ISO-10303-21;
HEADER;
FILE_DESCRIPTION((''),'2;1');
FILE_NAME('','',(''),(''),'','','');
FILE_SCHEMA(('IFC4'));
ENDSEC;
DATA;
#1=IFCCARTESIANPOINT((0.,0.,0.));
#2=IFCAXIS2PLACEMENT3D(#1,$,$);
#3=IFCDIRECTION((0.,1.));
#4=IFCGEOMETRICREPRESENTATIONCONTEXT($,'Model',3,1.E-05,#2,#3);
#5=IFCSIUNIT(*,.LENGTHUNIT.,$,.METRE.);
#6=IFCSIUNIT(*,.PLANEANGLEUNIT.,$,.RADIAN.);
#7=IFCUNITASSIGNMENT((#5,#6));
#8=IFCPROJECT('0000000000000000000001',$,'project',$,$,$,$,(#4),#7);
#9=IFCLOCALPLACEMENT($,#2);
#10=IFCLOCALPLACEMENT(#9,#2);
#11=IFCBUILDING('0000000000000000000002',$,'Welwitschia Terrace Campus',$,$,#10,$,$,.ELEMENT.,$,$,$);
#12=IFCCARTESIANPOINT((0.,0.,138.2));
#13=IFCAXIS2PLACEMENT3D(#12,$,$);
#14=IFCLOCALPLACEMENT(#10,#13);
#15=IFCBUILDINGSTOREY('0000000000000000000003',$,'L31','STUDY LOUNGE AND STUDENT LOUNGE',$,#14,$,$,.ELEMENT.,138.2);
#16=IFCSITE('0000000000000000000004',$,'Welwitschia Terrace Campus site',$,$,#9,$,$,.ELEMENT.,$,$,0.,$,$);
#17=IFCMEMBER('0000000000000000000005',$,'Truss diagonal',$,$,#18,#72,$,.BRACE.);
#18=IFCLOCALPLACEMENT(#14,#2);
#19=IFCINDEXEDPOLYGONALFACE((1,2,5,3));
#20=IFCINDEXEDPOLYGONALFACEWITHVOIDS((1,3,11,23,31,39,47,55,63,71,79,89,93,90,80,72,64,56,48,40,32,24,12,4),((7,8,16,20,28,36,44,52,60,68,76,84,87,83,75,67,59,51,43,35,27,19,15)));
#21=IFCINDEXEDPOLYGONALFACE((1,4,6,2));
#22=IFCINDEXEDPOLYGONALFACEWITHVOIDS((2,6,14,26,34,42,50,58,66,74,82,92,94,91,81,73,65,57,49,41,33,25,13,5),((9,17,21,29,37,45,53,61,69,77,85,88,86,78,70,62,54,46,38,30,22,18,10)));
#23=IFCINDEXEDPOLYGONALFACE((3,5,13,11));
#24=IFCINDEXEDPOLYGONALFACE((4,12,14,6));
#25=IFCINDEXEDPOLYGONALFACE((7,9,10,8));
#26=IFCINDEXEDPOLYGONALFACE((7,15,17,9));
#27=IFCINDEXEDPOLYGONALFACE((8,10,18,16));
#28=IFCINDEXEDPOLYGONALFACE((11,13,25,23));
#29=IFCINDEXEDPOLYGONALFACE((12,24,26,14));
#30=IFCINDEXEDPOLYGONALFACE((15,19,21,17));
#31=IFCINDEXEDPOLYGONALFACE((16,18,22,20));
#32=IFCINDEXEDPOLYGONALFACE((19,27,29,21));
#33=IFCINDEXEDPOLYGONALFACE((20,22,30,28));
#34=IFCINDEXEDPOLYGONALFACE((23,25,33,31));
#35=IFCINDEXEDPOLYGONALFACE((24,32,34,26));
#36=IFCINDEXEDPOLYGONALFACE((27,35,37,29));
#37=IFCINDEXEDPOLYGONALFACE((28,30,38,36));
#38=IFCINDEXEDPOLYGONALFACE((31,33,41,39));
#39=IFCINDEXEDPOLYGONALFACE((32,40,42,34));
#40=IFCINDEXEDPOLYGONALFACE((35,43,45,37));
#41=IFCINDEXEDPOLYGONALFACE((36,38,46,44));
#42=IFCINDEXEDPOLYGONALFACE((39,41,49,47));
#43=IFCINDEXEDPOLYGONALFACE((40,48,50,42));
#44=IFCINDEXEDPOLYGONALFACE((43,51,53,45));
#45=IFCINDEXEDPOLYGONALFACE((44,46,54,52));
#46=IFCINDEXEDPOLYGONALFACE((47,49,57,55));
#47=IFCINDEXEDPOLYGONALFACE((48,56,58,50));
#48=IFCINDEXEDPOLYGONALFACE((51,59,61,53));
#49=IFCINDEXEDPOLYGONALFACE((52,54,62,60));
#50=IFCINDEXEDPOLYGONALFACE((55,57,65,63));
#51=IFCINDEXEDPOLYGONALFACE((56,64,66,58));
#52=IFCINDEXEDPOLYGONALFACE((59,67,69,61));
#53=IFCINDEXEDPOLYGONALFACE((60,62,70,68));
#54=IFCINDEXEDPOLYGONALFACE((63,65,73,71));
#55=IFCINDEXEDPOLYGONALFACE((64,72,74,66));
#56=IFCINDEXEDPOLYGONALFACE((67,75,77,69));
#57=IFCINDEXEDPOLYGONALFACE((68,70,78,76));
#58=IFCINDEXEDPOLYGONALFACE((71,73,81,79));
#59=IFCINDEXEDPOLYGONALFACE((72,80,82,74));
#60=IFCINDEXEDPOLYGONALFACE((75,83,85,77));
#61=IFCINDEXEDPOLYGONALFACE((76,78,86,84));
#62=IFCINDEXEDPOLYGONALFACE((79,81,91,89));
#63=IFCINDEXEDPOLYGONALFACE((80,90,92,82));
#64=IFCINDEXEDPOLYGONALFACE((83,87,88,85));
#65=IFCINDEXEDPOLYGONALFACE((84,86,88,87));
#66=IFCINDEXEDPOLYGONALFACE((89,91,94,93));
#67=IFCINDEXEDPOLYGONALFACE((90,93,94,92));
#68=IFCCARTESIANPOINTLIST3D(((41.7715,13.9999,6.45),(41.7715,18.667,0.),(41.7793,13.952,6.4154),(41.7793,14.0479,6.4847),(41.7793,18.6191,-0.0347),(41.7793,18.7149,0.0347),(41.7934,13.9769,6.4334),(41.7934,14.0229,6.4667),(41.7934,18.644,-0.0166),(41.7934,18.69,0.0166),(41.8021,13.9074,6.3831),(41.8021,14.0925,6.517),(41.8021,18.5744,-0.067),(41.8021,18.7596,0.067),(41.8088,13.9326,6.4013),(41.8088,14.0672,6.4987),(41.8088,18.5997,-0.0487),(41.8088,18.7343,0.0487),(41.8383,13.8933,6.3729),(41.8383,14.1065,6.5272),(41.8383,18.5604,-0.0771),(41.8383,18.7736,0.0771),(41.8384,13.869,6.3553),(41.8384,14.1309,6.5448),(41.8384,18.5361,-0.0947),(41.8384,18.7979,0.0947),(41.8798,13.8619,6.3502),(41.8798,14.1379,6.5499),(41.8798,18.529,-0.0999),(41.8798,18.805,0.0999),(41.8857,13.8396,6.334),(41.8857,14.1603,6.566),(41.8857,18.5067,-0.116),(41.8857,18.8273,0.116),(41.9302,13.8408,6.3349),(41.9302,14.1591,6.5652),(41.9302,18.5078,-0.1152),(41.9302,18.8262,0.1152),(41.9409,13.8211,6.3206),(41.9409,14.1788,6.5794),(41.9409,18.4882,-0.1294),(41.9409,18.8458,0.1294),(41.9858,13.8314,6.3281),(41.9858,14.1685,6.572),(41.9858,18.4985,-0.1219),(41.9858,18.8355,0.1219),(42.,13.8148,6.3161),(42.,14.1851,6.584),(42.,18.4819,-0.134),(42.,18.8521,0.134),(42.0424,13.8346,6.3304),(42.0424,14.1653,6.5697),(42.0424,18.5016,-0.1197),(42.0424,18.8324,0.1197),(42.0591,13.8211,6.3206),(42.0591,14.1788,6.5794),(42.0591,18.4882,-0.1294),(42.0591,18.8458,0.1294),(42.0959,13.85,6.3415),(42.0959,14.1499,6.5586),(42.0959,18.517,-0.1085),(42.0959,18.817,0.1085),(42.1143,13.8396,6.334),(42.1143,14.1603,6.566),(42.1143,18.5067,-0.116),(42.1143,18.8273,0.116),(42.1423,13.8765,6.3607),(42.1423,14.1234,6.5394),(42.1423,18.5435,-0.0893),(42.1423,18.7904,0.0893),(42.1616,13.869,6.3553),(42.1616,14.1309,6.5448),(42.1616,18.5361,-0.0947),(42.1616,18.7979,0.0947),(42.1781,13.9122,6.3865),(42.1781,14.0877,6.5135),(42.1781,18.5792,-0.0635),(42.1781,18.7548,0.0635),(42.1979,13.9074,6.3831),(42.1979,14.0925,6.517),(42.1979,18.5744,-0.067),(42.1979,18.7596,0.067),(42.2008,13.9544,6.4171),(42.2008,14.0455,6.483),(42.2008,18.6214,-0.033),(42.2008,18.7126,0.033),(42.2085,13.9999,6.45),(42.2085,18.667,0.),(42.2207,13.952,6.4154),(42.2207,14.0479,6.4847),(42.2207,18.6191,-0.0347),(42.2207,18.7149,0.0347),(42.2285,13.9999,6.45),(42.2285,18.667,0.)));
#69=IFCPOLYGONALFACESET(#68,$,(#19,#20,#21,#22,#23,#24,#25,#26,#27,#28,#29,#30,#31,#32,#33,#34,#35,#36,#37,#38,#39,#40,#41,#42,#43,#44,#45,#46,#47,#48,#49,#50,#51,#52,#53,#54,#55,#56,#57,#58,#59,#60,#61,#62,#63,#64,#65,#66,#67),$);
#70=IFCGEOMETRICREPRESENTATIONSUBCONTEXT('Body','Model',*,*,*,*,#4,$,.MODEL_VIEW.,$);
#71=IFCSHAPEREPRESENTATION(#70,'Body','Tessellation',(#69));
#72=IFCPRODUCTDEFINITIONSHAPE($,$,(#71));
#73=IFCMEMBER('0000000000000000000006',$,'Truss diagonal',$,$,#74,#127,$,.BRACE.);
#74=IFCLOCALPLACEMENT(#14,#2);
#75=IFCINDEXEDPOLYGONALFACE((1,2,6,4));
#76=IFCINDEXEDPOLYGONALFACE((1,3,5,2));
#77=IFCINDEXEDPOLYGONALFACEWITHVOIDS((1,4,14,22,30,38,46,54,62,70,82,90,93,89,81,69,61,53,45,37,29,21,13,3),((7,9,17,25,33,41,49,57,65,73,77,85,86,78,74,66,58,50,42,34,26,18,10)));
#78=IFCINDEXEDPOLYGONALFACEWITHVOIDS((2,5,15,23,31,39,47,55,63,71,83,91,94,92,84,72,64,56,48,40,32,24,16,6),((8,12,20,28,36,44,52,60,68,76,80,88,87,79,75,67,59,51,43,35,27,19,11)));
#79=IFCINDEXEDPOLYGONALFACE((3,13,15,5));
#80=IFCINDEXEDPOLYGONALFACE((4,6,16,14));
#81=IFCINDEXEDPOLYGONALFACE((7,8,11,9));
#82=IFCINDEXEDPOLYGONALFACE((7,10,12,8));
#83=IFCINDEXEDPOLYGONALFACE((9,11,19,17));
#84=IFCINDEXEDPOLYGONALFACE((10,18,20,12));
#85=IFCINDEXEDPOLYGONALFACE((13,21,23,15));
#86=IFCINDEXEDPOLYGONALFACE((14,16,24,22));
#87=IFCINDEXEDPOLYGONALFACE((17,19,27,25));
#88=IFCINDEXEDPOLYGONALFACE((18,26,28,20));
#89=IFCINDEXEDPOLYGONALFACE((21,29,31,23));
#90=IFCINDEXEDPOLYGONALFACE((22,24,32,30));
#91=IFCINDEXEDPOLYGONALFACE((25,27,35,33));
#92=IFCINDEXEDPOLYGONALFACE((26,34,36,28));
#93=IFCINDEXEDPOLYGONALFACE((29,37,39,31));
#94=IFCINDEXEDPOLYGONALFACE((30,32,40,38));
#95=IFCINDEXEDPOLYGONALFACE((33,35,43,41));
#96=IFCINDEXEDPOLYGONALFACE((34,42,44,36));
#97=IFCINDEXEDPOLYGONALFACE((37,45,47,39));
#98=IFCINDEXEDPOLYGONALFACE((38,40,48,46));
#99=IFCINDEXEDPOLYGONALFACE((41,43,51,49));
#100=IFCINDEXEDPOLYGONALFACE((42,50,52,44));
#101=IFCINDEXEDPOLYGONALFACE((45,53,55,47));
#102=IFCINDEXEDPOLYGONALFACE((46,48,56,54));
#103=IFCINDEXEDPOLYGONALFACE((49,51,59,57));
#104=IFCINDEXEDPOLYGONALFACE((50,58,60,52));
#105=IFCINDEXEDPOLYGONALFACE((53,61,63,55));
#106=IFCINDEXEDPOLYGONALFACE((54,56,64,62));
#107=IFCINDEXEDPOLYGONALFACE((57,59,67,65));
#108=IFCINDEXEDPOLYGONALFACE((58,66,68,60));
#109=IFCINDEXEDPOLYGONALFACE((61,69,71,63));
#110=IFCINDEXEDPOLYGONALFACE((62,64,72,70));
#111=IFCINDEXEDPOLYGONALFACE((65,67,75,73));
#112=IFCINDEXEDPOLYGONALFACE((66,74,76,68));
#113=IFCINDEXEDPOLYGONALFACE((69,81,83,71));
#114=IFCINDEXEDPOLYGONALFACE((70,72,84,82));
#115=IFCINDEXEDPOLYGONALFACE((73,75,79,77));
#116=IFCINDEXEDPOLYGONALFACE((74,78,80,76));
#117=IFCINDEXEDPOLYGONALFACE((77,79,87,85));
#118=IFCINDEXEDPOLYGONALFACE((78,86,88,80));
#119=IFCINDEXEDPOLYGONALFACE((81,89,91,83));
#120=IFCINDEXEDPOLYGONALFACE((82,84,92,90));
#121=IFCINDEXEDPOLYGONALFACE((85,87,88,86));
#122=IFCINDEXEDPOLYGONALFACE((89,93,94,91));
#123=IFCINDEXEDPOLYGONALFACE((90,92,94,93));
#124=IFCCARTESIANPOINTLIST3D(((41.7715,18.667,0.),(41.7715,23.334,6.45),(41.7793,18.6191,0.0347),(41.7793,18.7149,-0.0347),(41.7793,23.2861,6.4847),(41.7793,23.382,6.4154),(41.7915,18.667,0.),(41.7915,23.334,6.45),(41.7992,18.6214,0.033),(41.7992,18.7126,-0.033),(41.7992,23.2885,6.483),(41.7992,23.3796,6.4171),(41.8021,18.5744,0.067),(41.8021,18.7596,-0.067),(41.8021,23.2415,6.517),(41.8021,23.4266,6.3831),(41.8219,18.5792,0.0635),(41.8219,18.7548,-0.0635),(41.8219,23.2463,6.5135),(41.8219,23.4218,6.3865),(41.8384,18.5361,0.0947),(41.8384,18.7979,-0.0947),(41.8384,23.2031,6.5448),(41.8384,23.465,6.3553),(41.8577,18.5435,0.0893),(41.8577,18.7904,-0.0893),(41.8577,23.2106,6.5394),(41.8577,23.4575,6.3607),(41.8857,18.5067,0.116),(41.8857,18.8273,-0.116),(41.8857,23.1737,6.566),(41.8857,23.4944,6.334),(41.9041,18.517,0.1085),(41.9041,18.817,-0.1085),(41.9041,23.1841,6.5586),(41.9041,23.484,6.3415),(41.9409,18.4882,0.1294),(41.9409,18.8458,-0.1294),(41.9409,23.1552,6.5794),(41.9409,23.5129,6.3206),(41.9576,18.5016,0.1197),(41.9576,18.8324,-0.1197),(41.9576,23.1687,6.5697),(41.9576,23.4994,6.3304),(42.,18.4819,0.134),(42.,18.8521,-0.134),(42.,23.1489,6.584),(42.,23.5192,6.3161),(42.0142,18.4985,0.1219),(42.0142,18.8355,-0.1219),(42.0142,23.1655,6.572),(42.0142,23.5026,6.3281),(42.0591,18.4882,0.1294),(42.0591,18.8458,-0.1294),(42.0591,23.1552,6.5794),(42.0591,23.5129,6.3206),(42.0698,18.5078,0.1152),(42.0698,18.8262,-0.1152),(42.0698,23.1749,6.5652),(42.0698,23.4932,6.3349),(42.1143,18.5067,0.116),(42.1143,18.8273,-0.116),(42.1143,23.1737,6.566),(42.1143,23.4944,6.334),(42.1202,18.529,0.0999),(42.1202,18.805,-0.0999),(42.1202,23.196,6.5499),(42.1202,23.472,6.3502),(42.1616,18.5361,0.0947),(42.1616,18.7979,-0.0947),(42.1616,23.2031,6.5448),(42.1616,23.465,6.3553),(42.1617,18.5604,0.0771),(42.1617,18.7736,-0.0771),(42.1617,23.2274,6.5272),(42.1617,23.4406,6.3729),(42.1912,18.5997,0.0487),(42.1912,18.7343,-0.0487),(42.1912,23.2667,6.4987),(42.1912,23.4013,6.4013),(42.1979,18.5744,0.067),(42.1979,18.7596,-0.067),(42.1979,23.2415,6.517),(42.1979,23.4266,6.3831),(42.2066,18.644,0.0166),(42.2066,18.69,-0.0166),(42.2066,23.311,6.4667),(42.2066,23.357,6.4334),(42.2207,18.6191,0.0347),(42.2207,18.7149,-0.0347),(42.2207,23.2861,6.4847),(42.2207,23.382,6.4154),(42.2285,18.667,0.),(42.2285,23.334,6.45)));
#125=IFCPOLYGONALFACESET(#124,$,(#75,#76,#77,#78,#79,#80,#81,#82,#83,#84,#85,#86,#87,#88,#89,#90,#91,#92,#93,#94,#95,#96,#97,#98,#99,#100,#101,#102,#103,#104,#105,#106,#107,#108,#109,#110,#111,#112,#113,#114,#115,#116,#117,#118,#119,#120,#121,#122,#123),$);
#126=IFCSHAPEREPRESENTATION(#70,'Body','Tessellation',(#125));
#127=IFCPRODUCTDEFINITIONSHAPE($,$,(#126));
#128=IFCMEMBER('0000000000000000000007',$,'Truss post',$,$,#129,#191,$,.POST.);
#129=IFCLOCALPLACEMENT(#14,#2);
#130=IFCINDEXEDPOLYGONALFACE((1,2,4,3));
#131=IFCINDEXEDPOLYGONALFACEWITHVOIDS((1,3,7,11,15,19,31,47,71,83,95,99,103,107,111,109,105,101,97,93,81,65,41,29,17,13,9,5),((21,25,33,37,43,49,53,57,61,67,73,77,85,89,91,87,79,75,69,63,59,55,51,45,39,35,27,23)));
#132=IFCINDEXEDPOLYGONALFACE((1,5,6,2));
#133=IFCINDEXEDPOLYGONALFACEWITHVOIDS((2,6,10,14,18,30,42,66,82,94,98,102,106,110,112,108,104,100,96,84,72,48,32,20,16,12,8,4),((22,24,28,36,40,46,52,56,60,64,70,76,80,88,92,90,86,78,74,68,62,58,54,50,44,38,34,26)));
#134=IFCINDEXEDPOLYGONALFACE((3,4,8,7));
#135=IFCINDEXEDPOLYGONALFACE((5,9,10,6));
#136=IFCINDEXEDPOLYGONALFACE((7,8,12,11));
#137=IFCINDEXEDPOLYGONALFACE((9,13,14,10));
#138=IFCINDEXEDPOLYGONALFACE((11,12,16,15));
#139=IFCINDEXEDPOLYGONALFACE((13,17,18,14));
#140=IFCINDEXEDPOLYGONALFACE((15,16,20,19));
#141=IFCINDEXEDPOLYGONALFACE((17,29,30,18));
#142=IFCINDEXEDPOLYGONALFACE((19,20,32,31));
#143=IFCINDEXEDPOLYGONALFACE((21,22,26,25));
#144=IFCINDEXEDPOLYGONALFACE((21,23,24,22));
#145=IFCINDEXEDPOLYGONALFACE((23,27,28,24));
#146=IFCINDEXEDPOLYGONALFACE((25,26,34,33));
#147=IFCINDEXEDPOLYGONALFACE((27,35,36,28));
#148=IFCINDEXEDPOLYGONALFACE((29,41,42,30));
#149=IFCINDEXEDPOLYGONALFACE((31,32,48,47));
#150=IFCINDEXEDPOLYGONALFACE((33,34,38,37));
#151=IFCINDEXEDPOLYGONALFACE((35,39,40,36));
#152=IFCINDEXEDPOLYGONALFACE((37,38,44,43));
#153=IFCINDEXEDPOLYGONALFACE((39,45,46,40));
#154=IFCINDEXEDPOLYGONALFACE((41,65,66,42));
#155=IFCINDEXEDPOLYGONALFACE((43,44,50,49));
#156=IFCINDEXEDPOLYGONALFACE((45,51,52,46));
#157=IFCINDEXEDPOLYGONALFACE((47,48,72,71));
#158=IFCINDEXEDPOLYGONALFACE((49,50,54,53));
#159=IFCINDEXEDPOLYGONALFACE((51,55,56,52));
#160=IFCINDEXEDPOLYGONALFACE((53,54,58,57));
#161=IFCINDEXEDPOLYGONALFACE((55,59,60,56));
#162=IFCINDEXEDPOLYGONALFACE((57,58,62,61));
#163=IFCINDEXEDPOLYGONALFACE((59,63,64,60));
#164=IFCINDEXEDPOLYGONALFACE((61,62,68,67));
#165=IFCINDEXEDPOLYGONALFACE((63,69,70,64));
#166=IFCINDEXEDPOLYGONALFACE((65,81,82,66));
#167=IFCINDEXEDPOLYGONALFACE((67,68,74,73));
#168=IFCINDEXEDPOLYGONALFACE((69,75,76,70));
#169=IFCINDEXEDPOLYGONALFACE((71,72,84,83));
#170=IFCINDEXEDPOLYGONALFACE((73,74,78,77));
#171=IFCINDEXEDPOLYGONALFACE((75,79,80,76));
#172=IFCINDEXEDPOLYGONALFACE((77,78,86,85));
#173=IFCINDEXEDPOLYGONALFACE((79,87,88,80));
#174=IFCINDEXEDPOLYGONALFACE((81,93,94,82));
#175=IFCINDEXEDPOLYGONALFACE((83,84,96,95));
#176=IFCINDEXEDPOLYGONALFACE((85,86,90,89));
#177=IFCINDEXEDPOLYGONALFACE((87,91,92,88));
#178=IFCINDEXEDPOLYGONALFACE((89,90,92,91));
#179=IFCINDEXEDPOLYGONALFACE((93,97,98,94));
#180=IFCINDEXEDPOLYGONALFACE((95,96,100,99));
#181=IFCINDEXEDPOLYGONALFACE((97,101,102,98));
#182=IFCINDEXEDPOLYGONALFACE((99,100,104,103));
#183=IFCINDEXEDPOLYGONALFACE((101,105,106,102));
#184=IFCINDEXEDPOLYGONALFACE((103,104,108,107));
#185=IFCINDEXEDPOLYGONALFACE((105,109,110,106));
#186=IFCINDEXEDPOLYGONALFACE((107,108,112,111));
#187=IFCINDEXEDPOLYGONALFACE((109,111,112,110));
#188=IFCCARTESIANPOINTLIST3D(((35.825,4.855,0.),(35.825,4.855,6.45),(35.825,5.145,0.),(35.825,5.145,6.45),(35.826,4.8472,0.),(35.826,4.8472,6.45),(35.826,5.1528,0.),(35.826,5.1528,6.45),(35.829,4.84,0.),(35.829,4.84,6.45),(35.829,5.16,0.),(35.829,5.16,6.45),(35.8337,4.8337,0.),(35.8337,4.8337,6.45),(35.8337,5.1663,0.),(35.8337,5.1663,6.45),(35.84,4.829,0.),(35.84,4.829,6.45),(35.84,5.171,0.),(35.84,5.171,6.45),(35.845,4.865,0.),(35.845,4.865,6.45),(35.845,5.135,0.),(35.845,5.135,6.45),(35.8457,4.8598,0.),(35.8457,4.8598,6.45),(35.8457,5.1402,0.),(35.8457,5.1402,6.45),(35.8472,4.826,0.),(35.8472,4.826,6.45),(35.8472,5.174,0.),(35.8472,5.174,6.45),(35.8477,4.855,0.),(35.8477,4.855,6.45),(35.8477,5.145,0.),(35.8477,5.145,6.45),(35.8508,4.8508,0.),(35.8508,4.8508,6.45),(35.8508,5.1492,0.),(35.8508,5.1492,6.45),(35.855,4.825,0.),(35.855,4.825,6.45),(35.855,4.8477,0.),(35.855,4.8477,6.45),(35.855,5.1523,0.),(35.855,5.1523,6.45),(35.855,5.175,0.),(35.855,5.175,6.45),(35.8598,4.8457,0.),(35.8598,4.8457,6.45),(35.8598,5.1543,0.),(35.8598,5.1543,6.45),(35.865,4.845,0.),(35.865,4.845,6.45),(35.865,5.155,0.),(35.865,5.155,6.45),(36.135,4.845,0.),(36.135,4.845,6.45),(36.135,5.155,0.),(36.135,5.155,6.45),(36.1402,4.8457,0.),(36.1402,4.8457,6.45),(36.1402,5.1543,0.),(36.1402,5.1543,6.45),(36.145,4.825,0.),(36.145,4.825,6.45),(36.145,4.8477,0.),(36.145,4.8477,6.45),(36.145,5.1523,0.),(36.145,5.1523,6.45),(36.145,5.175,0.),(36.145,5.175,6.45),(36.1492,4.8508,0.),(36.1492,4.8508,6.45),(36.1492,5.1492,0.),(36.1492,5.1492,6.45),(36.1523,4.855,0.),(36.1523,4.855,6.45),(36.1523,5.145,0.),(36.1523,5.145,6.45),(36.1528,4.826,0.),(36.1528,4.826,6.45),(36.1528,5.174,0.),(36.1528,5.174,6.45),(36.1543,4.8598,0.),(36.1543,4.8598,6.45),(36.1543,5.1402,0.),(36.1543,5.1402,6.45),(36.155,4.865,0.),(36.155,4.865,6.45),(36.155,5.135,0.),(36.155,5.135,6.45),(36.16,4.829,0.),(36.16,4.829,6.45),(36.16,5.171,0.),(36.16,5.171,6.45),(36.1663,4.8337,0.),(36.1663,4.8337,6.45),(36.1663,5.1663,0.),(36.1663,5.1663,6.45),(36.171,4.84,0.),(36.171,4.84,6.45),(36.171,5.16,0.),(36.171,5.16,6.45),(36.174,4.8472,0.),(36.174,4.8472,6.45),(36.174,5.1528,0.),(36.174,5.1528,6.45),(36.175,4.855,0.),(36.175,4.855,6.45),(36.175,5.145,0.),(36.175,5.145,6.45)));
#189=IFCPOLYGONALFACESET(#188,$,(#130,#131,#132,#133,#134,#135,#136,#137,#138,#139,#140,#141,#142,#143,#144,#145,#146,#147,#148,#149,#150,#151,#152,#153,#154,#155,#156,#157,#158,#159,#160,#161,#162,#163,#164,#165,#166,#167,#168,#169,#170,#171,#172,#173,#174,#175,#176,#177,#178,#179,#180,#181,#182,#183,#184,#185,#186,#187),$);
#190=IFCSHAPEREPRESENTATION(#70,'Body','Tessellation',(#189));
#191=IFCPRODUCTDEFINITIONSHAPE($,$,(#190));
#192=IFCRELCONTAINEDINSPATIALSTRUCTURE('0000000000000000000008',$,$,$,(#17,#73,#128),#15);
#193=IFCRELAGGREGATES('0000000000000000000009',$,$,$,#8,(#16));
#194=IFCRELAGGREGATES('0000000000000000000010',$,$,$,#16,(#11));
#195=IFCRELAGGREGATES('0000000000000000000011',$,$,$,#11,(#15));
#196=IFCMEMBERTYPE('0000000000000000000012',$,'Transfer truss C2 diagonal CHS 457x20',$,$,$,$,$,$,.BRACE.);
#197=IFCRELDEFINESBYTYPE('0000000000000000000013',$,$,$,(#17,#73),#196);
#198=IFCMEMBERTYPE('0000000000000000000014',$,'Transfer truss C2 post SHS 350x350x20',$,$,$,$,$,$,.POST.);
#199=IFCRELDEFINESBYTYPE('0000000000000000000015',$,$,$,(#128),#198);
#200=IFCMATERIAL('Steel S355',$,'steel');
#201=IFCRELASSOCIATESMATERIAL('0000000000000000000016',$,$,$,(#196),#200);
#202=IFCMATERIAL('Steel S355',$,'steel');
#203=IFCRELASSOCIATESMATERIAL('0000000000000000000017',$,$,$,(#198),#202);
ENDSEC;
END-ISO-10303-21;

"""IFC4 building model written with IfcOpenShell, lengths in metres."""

from ifc_helpers import new_model, si_unit, direction, frame, origin, origin_2d, place, context, subcontext, project, spatial, hollow_rectangle, hollow_circle, extrude, material, material_profile, profile_set, type_object, element, save


model = new_model("IFC4")

# Units and contexts
model_context = context("Model", 3, precision=1e-05, world=origin(), true_north=direction((0.0, 1.0)))
body_context = subcontext(model_context, "Body", "Model", "MODEL_VIEW")
ifc_project = project(units=[si_unit("LENGTHUNIT", "METRE"), si_unit("PLANEANGLEUNIT", "RADIAN")], contexts=[model_context])

# Site, building, storey
site_placement = place(None, origin())
site = spatial("IfcSite", under=ifc_project, at=site_placement, Name="Welwitschia Terrace Campus site", CompositionType="ELEMENT", RefElevation=0.0)
building_placement = place(site_placement, origin())
building = spatial("IfcBuilding", under=site, at=building_placement, Name="Welwitschia Terrace Campus", CompositionType="ELEMENT")
storey_placement = place(building_placement, frame((0.0, 0.0, 138.2)))
storey = spatial("IfcBuildingStorey", under=building, at=storey_placement, Name="L31", Description="STUDY LOUNGE AND STUDENT LOUNGE", CompositionType="ELEMENT", Elevation=138.2)

# Members
ifc_material_1 = material(Name="Steel S355", Category="steel")
ifc_material_profile_1 = material_profile(ifc_material_1, hollow_circle(Radius=0.2285, WallThickness=0.02, at=origin_2d()))
ifc_profile_set_1 = profile_set([ifc_material_profile_1], Name="Steel S355")
member_type_1 = type_object("IfcMemberType", Name="Transfer truss C2 diagonal CHS 457x20", PredefinedType="BRACE", material=ifc_profile_set_1)
for number, where, z_axis, x_axis, name in (
    (1, (42.0, 18.667, 0.0), (0.0, -0.586208, 0.810161), (1.0, 0.0, 0.0), "Truss diagonal"),
    (2, (42.0, 18.667, 0.0), (0.0, 0.586208, 0.810161), (-1.0, 0.0, 0.0), "Truss diagonal"),
):
    element("IfcMember", number, at=place(storey_placement, frame(where, z_axis=z_axis, x_axis=x_axis)), inside=storey, type_object=member_type_1, Name=name, PredefinedType="BRACE", context=body_context, shape_type="SweptSolid", body=[
        extrude(hollow_circle(Radius=0.2285, WallThickness=0.02, at=origin_2d()), origin(), (0.0, 0.0, 1.0), 7.9614),
    ])
ifc_material_2 = material(Name="Steel S355", Category="steel")
ifc_material_profile_2 = material_profile(ifc_material_2, hollow_rectangle(XDim=0.3501, YDim=0.3501, WallThickness=0.02, InnerFilletRadius=0.02, OuterFilletRadius=0.03, at=origin_2d()))
ifc_profile_set_2 = profile_set([ifc_material_profile_2], Name="Steel S355")
member_type_2 = type_object("IfcMemberType", Name="Transfer truss C2 post SHS 350x350x20", PredefinedType="POST", material=ifc_profile_set_2)
for number, where, z_axis, x_axis, name in (
    (3, (36.0, 5.0, 0.0), (0.0, 0.0, 1.0), (1.0, 0.0, 0.0), "Truss post"),
):
    element("IfcMember", number, at=place(storey_placement, frame(where, z_axis=z_axis, x_axis=x_axis)), inside=storey, type_object=member_type_2, Name=name, PredefinedType="POST", context=body_context, shape_type="SweptSolid", body=[
        extrude(hollow_rectangle(XDim=0.3501, YDim=0.3501, WallThickness=0.02, InnerFilletRadius=0.02, OuterFilletRadius=0.03, at=origin_2d()), origin(), (0.0, 0.0, 1.0), 6.45),
    ])

save(model, "model.ifc")
